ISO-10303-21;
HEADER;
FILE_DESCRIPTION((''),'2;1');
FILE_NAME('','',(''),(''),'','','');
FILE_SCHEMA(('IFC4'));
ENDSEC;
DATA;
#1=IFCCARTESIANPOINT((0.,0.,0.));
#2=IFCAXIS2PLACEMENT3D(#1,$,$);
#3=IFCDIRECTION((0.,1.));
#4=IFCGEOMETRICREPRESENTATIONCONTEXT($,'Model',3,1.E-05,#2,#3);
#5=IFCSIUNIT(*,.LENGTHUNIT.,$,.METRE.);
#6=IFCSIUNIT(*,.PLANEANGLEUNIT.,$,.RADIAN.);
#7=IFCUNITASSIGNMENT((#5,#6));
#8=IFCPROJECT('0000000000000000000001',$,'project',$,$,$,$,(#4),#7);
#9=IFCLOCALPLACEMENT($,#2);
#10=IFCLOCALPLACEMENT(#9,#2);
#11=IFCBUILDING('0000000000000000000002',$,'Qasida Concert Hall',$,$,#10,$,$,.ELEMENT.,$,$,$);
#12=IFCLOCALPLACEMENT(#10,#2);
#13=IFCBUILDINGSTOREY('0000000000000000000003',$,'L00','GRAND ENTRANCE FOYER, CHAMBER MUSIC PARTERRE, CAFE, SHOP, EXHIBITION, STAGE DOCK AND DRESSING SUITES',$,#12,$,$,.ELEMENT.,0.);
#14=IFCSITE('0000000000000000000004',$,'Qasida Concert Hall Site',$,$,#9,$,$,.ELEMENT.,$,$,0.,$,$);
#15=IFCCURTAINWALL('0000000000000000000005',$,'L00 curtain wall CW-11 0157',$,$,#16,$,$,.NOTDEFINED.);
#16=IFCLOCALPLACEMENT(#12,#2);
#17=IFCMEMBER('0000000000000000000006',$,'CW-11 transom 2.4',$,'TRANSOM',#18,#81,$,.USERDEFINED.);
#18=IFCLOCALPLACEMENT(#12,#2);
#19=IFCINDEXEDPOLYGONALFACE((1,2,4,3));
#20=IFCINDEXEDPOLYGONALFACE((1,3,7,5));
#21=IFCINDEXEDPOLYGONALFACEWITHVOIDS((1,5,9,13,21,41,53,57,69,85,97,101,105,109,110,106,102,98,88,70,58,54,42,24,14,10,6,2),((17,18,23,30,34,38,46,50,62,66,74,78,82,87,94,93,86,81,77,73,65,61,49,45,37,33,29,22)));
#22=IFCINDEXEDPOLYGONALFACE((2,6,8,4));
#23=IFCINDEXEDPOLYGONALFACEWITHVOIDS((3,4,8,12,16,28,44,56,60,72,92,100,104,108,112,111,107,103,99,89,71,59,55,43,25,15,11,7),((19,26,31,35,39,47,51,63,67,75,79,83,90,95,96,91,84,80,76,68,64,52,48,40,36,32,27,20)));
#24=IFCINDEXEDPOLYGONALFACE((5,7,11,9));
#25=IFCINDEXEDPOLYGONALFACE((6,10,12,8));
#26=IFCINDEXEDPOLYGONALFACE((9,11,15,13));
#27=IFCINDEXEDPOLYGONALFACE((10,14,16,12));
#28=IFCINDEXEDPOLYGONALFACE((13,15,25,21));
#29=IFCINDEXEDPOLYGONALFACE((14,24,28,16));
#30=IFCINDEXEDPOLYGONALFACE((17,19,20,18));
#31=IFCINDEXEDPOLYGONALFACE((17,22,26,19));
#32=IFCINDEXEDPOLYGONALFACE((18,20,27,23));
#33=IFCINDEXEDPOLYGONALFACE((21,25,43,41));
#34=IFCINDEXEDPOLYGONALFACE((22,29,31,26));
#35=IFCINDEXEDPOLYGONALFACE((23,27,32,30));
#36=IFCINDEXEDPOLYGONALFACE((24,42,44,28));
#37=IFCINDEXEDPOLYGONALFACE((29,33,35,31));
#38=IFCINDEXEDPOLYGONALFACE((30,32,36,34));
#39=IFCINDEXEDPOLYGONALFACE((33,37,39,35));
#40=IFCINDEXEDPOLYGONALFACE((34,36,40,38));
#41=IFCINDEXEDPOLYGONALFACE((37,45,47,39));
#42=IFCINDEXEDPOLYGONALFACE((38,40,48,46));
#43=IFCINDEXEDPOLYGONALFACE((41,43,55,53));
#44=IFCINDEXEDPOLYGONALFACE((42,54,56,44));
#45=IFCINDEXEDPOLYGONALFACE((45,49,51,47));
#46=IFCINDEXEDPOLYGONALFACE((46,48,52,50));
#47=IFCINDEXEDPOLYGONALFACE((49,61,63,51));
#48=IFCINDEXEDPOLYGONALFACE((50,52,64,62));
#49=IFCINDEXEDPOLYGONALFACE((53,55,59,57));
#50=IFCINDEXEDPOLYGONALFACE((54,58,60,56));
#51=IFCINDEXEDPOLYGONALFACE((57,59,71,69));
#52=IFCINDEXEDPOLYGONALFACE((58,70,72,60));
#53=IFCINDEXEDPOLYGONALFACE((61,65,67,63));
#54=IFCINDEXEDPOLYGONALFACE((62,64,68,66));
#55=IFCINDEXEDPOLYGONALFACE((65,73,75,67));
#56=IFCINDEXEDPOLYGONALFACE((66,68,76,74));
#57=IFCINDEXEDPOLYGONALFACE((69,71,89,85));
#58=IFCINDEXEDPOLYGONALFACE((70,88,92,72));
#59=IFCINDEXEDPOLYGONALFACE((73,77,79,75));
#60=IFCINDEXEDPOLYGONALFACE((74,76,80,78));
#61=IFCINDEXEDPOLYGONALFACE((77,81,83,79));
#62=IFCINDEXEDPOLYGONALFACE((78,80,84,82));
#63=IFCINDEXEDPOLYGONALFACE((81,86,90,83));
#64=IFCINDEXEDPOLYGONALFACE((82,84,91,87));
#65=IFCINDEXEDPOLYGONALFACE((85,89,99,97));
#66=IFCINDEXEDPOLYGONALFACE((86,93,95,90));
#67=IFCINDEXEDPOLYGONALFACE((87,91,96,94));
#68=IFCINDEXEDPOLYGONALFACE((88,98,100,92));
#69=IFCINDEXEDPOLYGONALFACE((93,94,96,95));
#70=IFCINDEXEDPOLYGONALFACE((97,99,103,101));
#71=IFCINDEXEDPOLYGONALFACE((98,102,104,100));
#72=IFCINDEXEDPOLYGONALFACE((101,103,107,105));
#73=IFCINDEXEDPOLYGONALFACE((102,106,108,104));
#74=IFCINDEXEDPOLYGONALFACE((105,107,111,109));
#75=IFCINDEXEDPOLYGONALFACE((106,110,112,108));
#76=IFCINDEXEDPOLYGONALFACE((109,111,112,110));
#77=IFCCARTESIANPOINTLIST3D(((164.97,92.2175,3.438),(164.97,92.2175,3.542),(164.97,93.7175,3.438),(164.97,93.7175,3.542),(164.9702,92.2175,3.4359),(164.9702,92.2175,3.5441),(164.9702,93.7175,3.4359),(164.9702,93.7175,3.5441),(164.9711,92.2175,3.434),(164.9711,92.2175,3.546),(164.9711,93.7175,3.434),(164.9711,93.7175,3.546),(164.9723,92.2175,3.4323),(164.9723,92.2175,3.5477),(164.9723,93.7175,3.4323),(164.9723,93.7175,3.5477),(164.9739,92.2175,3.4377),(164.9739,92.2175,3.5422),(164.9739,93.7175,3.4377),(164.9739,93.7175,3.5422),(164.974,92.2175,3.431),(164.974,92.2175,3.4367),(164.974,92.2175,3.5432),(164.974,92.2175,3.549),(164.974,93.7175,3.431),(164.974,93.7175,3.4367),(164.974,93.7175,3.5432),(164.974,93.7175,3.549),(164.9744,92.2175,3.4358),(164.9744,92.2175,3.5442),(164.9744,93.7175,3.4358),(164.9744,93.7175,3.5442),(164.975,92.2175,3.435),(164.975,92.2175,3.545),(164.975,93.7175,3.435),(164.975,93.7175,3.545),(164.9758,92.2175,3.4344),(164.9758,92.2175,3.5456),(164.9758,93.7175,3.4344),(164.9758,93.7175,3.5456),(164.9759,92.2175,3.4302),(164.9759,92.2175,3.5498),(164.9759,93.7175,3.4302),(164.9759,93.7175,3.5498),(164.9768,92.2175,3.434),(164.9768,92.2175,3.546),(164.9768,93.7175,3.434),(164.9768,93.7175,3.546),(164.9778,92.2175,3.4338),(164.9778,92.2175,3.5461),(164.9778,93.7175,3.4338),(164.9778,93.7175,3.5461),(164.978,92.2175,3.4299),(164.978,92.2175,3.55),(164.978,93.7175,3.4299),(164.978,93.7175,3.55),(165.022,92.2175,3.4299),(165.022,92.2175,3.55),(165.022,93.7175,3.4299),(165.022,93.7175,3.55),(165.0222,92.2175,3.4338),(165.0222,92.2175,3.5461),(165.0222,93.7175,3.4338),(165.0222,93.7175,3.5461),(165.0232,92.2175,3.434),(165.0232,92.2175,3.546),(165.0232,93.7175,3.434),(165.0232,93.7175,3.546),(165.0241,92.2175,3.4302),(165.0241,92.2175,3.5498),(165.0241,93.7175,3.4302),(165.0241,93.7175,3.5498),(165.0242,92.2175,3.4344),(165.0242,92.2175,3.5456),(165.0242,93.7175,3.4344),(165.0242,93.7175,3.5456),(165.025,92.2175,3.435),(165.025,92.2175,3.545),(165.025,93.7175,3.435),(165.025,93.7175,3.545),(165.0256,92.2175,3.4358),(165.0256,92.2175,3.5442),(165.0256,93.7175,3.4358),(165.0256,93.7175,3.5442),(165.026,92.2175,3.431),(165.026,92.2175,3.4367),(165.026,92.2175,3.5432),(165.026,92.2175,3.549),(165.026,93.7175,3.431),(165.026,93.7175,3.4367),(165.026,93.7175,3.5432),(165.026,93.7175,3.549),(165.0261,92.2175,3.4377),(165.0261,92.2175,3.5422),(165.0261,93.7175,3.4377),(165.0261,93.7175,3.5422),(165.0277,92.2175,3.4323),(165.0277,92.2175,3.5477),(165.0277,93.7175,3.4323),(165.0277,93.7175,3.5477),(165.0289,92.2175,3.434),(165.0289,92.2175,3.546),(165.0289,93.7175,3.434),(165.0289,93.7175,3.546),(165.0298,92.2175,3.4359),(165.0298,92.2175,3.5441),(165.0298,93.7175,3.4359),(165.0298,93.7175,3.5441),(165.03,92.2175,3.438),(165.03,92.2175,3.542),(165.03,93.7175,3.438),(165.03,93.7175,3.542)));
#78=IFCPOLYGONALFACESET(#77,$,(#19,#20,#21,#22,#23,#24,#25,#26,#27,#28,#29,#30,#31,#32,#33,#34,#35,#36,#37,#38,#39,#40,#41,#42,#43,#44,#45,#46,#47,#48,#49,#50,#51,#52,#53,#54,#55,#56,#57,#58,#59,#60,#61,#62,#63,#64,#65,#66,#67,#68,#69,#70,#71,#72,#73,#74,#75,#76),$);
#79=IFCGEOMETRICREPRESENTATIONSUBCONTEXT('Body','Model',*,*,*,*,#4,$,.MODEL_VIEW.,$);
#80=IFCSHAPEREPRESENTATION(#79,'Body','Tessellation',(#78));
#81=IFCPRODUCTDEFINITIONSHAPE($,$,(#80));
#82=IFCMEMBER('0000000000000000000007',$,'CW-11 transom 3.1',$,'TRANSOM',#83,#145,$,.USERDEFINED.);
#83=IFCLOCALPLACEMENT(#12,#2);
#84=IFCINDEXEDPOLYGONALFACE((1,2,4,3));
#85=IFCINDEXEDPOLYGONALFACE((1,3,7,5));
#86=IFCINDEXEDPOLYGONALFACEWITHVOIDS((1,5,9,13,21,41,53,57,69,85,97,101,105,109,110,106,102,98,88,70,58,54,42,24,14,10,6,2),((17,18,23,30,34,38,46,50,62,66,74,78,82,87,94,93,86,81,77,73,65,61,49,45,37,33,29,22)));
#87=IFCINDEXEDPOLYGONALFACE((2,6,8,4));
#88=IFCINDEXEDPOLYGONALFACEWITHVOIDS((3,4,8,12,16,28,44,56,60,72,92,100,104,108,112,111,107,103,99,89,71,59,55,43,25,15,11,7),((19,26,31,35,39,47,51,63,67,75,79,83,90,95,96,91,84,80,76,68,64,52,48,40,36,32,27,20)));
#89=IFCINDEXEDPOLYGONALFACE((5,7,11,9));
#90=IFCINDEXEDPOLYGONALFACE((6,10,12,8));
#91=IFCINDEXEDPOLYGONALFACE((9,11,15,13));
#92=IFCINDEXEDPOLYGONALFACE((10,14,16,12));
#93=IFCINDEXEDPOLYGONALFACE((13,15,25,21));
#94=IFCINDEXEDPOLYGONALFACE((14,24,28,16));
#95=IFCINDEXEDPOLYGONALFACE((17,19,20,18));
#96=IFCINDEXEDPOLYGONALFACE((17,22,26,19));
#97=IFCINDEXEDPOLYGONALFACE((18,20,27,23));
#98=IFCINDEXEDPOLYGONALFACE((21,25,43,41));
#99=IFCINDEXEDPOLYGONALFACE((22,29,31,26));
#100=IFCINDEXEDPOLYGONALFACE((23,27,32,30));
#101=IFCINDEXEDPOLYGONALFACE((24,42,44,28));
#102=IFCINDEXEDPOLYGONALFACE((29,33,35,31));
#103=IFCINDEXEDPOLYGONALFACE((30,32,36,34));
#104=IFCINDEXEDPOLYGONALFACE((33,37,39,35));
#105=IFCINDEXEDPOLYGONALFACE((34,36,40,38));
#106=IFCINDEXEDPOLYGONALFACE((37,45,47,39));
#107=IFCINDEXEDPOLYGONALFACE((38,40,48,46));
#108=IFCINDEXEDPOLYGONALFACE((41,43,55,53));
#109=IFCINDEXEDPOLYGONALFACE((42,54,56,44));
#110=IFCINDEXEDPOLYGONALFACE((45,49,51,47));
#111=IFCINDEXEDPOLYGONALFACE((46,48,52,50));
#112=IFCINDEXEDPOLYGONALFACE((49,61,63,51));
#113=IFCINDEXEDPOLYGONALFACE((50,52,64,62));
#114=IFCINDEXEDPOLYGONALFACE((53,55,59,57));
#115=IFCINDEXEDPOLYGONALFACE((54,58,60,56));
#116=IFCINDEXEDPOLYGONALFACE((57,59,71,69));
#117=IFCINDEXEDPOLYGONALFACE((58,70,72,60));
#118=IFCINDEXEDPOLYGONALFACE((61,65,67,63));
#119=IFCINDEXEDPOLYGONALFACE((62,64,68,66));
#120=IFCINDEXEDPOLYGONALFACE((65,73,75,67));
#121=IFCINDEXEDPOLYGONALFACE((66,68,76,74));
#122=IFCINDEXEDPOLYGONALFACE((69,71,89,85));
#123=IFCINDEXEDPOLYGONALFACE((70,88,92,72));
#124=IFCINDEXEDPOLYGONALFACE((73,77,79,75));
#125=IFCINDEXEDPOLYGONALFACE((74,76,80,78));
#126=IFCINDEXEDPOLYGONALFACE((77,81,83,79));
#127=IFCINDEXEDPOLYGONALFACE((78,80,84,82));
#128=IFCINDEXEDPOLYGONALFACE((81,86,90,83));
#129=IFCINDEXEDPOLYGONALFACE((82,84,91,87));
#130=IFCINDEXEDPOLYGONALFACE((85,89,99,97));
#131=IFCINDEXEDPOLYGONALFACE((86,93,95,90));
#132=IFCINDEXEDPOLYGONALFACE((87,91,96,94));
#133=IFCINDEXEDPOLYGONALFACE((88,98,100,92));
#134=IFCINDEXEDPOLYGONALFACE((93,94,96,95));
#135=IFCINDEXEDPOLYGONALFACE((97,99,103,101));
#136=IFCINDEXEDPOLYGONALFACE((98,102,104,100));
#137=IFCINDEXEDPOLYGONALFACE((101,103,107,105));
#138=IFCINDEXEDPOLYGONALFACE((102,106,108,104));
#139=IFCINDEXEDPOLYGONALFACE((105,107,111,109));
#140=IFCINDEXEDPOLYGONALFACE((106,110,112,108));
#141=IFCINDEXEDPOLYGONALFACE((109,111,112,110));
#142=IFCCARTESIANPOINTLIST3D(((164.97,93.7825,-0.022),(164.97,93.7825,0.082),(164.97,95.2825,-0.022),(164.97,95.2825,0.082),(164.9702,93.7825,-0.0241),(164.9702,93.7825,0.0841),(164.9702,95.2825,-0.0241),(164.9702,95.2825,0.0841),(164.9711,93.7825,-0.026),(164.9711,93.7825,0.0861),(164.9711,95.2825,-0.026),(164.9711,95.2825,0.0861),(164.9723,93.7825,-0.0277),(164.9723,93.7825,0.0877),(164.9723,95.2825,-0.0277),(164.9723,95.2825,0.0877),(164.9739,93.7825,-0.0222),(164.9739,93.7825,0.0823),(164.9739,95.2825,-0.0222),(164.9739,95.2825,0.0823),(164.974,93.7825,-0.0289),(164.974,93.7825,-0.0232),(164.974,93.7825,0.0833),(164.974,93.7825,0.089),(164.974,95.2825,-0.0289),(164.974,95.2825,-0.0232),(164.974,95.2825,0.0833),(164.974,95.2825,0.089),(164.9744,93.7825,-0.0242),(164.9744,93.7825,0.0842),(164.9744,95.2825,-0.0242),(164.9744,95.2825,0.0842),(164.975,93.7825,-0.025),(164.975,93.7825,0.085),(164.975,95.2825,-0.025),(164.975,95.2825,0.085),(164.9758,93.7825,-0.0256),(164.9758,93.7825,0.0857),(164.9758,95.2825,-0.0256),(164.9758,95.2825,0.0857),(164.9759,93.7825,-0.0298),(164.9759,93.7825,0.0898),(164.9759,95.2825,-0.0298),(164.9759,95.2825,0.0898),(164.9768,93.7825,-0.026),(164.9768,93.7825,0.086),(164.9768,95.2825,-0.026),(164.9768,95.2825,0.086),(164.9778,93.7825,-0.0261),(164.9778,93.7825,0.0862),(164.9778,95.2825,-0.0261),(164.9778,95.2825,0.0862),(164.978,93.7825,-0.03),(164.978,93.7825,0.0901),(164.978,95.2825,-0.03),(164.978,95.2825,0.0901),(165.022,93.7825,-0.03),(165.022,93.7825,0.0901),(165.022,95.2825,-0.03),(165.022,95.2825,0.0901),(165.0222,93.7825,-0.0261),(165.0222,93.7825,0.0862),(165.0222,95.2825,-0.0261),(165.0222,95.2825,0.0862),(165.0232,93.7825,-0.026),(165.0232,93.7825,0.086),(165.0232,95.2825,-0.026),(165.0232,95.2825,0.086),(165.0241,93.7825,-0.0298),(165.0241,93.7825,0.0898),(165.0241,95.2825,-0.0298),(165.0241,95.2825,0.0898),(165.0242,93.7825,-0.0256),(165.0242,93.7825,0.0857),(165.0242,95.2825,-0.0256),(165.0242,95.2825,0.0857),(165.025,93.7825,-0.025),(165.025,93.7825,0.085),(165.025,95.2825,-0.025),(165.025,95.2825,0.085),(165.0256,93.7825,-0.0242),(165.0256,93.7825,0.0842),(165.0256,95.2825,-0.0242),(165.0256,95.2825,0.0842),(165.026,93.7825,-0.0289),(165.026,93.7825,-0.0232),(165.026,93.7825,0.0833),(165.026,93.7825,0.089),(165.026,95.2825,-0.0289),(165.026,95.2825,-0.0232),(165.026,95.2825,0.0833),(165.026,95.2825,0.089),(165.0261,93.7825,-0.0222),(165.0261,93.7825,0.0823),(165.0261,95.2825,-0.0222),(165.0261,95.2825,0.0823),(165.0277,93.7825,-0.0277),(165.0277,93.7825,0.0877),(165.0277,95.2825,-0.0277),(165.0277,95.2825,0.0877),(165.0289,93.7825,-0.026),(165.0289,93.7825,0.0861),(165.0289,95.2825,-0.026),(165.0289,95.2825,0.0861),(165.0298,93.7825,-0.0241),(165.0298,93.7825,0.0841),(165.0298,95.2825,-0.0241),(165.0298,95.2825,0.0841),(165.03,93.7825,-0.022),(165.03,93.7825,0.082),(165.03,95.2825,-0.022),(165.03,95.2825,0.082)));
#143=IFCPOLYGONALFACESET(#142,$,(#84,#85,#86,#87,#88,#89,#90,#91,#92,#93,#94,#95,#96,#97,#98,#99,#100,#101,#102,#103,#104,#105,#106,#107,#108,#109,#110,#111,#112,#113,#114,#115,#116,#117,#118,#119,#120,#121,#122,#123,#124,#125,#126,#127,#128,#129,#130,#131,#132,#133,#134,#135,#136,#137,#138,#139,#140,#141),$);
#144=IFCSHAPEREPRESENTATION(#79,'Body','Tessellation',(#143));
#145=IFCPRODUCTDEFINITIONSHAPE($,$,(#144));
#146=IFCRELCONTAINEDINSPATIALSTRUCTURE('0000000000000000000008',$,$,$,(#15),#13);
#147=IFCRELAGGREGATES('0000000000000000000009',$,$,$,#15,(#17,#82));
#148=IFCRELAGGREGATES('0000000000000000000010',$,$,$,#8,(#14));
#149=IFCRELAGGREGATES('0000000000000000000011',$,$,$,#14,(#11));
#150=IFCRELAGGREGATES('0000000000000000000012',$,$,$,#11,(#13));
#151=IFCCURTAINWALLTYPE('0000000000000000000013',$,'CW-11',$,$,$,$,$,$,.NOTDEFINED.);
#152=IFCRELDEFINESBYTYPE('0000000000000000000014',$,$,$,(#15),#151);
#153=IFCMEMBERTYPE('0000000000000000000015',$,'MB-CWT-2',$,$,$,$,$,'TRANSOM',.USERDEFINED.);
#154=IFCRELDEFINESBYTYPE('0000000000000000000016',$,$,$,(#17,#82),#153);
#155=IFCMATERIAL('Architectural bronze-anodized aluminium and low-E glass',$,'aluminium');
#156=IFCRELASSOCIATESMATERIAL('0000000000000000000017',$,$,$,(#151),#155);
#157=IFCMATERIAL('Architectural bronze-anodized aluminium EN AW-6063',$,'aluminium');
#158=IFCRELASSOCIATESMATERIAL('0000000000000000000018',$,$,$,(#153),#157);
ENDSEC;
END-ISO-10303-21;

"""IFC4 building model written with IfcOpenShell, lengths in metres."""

from ifc_helpers import new_model, si_unit, direction, frame, origin, origin_2d, place, context, subcontext, project, spatial, hollow_rectangle, extrude, material, material_profile, profile_set, type_object, element, aggregate, save


model = new_model("IFC4")

# Units and contexts
model_context = context("Model", 3, precision=1e-05, world=origin(), true_north=direction((0.0, 1.0)))
body_context = subcontext(model_context, "Body", "Model", "MODEL_VIEW")
ifc_project = project(units=[si_unit("LENGTHUNIT", "METRE"), si_unit("PLANEANGLEUNIT", "RADIAN")], contexts=[model_context])

# Site, building, storey
site_placement = place(None, origin())
site = spatial("IfcSite", under=ifc_project, at=site_placement, Name="Qasida Concert Hall Site", CompositionType="ELEMENT", RefElevation=0.0)
building_placement = place(site_placement, origin())
building = spatial("IfcBuilding", under=site, at=building_placement, Name="Qasida Concert Hall", CompositionType="ELEMENT")
storey_placement = place(building_placement, origin())
storey = spatial("IfcBuildingStorey", under=building, at=storey_placement, Name="L00", Description="GRAND ENTRANCE FOYER, CHAMBER MUSIC PARTERRE, CAFE, SHOP, EXHIBITION, STAGE DOCK AND DRESSING SUITES", CompositionType="ELEMENT", Elevation=0.0)

# Curtain wall, members
ifc_material_1 = material(Name="Architectural bronze-anodized aluminium and low-E glass", Category="aluminium")
curtain_wall_type = type_object("IfcCurtainWallType", Name="CW-11", PredefinedType="NOTDEFINED", material=ifc_material_1)
curtain_wall_placement = place(storey_placement, origin())
curtain_wall = element("IfcCurtainWall", 1, at=curtain_wall_placement, inside=storey, type_object=curtain_wall_type, Name="L00 curtain wall CW-11 0157", PredefinedType="NOTDEFINED")
ifc_material_2 = material(Name="Architectural bronze-anodized aluminium EN AW-6063", Category="aluminium")
ifc_material_profile_1 = material_profile(ifc_material_2, hollow_rectangle(XDim=0.0601, YDim=0.1201, WallThickness=0.0039, InnerFilletRadius=0.0039, OuterFilletRadius=0.0081, at=origin_2d()), Name="CWT 120x60x4")
ifc_profile_set_1 = profile_set([ifc_material_profile_1], Name="Architectural bronze-anodized aluminium EN AW-6063")
member_type_1 = type_object("IfcMemberType", Name="MB-CWT-2", ElementType="TRANSOM", PredefinedType="USERDEFINED", material=ifc_profile_set_1)
member_1_placement = place(storey_placement, frame((165.0, 92.2175, 3.49), z_axis=(0.0, 1.0, 0.0), x_axis=(-1.0, 0.0, 0.0)))
member_1 = element("IfcMember", 2, at=member_1_placement, type_object=member_type_1, Name="CW-11 transom 2.4", ObjectType="TRANSOM", PredefinedType="USERDEFINED", context=body_context, shape_type="SweptSolid", body=[
    extrude(hollow_rectangle(XDim=0.0601, YDim=0.1201, WallThickness=0.0039, InnerFilletRadius=0.0039, OuterFilletRadius=0.0081, at=origin_2d()), origin(), (0.0, 0.0, 1.0), 1.5),
])
member_2_placement = place(storey_placement, frame((165.0, 93.7825, 0.03), z_axis=(0.0, 1.0, 0.0), x_axis=(-1.0, 0.0, 0.0)))
member_2 = element("IfcMember", 3, at=member_2_placement, type_object=member_type_1, Name="CW-11 transom 3.1", ObjectType="TRANSOM", PredefinedType="USERDEFINED", context=body_context, shape_type="SweptSolid", body=[
    extrude(hollow_rectangle(XDim=0.0601, YDim=0.1201, WallThickness=0.0039, InnerFilletRadius=0.0039, OuterFilletRadius=0.0081, at=origin_2d()), origin(), (0.0, 0.0, 1.0), 1.5),
])
aggregate(curtain_wall, [member_1, member_2])

save(model, "model.ifc")
